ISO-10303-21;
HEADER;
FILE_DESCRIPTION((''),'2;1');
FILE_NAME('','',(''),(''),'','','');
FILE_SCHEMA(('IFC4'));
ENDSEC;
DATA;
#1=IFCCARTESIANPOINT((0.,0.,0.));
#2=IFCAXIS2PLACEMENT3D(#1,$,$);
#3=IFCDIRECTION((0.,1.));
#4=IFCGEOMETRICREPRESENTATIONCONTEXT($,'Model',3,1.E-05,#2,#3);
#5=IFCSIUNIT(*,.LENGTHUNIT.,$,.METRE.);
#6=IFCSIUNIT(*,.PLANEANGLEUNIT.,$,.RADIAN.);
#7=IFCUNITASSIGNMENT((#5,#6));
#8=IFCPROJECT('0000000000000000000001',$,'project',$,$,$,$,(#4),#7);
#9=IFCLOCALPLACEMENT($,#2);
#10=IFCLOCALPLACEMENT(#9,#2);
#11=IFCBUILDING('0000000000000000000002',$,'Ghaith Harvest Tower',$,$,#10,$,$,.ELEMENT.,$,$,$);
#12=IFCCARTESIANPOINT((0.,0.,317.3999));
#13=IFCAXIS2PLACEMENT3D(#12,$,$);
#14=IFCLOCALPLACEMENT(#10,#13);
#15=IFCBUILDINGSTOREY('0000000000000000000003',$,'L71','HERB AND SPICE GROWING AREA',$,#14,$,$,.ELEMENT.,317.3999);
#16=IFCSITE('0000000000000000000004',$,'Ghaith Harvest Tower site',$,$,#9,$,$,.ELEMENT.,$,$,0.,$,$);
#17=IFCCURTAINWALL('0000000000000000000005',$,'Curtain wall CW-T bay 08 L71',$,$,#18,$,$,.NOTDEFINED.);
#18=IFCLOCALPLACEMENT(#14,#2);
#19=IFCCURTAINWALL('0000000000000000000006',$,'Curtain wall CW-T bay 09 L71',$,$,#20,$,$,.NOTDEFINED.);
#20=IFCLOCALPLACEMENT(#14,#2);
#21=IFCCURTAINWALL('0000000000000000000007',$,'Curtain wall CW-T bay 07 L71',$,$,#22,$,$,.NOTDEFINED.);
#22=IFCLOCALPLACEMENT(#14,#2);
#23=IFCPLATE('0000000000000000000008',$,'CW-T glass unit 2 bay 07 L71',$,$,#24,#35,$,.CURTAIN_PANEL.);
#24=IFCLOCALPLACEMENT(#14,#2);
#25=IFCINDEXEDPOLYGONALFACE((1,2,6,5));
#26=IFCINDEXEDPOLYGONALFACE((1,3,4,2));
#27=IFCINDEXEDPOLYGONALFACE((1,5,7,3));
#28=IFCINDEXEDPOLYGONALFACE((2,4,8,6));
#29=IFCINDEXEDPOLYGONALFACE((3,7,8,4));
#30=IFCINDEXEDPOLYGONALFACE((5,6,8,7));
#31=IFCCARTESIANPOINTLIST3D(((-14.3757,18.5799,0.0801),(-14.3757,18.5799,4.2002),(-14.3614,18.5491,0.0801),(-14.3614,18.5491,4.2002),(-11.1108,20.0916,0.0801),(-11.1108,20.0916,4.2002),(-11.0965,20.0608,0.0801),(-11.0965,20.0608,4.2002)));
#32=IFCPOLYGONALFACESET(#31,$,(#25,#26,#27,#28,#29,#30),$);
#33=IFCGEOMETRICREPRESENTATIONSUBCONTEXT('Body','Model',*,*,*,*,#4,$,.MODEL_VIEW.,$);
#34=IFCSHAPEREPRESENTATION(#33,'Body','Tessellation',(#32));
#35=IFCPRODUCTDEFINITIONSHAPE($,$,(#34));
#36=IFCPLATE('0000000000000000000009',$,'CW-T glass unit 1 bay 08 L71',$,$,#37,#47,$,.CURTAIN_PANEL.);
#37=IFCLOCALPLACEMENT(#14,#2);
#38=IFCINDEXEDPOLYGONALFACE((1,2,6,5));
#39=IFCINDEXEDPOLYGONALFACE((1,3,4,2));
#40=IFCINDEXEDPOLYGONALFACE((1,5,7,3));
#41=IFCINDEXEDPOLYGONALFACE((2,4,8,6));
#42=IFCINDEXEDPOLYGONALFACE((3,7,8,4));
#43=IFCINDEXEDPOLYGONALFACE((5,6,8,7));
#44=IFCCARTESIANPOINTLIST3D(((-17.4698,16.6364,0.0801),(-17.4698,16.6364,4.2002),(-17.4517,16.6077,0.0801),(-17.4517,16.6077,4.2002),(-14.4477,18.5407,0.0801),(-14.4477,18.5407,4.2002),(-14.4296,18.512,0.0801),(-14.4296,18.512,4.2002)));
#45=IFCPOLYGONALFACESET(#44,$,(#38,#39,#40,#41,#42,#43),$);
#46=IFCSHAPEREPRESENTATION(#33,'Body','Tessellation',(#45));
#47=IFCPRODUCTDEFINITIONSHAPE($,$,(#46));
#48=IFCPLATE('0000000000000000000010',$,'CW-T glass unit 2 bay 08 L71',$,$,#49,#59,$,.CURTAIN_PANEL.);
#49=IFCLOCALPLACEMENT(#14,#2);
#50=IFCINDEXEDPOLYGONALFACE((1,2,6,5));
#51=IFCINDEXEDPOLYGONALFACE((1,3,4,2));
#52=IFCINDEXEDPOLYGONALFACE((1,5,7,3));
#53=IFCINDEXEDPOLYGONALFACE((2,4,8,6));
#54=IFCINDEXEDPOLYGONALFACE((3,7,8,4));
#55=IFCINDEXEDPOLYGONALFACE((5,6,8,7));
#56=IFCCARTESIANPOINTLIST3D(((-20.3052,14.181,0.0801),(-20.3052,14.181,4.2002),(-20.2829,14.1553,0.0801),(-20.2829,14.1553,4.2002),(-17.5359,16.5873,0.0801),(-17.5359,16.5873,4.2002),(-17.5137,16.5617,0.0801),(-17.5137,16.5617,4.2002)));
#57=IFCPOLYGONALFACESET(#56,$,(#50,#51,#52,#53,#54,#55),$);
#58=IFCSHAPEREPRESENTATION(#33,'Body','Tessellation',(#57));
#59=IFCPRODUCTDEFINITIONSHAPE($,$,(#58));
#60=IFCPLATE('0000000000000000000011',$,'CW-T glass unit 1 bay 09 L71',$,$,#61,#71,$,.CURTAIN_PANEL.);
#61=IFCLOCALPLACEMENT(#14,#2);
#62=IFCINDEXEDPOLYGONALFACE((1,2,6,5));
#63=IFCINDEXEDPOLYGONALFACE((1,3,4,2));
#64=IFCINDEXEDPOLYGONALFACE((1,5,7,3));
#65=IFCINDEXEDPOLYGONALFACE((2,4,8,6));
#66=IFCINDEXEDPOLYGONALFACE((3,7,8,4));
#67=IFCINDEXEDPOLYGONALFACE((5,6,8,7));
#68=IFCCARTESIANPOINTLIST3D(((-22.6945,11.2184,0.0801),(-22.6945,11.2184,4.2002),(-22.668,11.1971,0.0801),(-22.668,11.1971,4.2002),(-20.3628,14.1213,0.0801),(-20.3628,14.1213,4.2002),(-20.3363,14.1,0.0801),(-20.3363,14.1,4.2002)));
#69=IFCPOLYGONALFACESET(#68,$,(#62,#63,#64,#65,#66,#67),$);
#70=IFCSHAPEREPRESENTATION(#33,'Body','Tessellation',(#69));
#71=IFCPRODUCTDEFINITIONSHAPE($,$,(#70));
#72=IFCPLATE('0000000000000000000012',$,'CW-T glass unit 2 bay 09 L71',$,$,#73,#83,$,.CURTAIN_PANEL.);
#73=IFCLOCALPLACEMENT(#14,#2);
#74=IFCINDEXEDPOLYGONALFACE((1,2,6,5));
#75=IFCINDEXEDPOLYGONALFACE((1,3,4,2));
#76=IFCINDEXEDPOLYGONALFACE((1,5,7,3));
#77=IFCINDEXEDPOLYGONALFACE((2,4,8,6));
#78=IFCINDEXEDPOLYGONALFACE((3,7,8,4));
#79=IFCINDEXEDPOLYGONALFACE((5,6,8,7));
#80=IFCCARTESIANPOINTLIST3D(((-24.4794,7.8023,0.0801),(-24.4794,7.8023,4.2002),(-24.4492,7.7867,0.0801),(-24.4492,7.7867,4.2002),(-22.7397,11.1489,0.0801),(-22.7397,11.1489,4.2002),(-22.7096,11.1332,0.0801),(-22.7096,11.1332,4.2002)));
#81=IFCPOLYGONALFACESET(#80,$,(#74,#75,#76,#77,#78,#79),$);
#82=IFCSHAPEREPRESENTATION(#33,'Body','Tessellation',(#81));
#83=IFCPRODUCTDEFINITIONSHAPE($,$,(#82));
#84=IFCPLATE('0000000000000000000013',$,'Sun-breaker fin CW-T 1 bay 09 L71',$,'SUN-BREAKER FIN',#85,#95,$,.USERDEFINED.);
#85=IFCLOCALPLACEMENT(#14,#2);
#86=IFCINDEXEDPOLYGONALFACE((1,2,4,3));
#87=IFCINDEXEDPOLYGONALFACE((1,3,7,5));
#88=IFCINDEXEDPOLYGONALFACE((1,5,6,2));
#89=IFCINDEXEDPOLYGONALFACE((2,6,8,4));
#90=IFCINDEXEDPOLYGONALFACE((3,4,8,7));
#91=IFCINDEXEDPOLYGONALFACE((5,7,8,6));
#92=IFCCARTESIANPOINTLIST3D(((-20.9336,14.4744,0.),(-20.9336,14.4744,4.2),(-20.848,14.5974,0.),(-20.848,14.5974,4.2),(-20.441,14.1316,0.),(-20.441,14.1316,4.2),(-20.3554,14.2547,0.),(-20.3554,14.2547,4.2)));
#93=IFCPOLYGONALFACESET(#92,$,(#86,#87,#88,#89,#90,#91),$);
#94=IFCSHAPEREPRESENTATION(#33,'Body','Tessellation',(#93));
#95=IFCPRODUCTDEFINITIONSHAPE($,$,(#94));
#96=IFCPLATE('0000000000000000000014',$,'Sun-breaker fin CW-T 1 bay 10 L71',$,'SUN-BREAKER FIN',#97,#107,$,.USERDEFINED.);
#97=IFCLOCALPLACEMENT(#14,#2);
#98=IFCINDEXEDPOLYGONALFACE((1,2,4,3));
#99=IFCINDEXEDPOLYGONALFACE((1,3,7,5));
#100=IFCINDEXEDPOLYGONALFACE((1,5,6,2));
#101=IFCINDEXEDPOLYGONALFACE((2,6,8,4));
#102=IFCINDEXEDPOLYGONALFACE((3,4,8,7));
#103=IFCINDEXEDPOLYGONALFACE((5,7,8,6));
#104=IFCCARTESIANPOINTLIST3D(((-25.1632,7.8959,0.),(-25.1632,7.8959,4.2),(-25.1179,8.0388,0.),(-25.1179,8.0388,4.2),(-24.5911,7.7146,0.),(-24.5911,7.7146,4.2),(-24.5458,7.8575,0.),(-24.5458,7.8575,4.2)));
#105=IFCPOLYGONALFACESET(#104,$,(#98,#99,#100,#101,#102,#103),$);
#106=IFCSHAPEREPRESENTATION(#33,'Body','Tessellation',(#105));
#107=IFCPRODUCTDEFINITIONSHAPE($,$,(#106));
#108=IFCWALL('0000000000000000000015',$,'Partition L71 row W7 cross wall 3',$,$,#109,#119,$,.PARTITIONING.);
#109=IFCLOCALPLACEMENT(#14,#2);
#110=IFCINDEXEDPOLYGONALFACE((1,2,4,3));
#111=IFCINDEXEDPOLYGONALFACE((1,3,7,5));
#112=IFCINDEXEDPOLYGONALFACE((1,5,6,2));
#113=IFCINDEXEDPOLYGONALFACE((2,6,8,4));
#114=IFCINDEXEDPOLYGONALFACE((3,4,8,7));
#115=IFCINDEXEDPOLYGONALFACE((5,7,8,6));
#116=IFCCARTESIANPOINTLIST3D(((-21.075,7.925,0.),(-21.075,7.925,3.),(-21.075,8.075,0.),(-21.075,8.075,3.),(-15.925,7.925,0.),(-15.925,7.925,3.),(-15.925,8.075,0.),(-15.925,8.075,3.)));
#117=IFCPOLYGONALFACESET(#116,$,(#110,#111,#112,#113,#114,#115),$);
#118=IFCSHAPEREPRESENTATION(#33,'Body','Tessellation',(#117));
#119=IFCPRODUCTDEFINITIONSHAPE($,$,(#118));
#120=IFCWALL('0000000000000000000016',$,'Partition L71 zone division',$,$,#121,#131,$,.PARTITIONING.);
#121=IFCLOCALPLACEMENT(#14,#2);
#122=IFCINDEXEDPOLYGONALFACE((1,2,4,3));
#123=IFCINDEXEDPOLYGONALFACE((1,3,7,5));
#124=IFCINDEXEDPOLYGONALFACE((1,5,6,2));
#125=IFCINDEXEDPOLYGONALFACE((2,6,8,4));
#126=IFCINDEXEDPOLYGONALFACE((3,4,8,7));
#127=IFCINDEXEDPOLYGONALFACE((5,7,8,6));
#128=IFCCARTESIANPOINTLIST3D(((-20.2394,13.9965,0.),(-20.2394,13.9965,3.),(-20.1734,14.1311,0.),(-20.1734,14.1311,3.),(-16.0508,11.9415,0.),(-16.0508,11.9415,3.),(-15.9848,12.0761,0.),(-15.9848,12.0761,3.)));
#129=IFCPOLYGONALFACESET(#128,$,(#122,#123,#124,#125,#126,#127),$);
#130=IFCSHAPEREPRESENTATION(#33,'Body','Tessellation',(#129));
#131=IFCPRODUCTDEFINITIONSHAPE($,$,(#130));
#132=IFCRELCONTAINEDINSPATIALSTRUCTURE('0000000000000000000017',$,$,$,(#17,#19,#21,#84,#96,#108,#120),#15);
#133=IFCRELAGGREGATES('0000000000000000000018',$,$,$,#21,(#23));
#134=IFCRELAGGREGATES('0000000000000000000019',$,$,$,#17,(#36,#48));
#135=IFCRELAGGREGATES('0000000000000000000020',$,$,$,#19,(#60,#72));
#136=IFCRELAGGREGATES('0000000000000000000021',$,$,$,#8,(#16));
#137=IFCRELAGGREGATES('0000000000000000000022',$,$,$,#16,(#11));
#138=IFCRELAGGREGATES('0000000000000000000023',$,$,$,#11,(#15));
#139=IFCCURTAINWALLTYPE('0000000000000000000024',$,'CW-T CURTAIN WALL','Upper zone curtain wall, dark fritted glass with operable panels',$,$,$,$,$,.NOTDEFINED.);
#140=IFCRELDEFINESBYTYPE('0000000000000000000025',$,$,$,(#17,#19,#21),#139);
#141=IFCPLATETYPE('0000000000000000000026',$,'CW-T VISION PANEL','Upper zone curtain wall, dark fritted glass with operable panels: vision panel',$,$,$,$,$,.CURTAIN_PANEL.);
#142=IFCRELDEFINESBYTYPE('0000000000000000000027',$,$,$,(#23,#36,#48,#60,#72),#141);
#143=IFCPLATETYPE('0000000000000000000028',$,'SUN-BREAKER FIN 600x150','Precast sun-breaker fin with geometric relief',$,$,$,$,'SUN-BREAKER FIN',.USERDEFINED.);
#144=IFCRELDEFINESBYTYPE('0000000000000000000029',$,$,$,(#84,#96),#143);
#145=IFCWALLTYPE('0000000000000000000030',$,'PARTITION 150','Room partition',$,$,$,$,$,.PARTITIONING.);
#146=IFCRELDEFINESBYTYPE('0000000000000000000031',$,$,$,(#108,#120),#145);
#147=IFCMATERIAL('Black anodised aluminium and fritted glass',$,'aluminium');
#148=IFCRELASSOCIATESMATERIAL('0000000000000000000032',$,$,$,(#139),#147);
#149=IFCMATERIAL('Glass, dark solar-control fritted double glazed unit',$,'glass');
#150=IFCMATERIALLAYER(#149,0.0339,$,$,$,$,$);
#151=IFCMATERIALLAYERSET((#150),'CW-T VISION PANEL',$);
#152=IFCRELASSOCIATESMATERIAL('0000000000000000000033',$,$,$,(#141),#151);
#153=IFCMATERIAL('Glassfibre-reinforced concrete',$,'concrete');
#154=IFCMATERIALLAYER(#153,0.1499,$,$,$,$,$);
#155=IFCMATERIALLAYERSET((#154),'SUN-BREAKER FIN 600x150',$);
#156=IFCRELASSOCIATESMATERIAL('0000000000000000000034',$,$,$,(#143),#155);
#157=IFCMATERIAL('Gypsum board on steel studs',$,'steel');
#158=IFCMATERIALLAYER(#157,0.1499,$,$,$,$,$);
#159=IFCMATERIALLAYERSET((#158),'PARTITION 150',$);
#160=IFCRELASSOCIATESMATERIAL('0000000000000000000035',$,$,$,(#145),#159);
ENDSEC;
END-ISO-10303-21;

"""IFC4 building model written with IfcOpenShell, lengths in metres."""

from ifc_helpers import new_model, si_unit, direction, frame, frame_2d, origin, origin_2d, place, context, subcontext, project, spatial, rectangle, extrude, material, layer, layer_set, type_object, element, aggregate, save


model = new_model("IFC4")

# Units and contexts
model_context = context("Model", 3, precision=1e-05, world=origin(), true_north=direction((0.0, 1.0)))
body_context = subcontext(model_context, "Body", "Model", "MODEL_VIEW")
ifc_project = project(units=[si_unit("LENGTHUNIT", "METRE"), si_unit("PLANEANGLEUNIT", "RADIAN")], contexts=[model_context])

# Site, building, storey
site_placement = place(None, origin())
site = spatial("IfcSite", under=ifc_project, at=site_placement, Name="Ghaith Harvest Tower site", CompositionType="ELEMENT", RefElevation=0.0)
building_placement = place(site_placement, origin())
building = spatial("IfcBuilding", under=site, at=building_placement, Name="Ghaith Harvest Tower", CompositionType="ELEMENT")
storey_placement = place(building_placement, frame((0.0, 0.0, 317.3999)))
storey = spatial("IfcBuildingStorey", under=building, at=storey_placement, Name="L71", Description="HERB AND SPICE GROWING AREA", CompositionType="ELEMENT", Elevation=317.3999)

# Curtain walls
ifc_material_1 = material(Name="Black anodised aluminium and fritted glass", Category="aluminium")
curtain_wall_type = type_object("IfcCurtainWallType", Name="CW-T CURTAIN WALL", Description="Upper zone curtain wall, dark fritted glass with operable panels", PredefinedType="NOTDEFINED", material=ifc_material_1)
curtain_wall_1_placement = place(storey_placement, origin())
curtain_wall_1 = element("IfcCurtainWall", 1, at=curtain_wall_1_placement, inside=storey, type_object=curtain_wall_type, Name="Curtain wall CW-T bay 08 L71", PredefinedType="NOTDEFINED")
curtain_wall_2_placement = place(storey_placement, origin())
curtain_wall_2 = element("IfcCurtainWall", 2, at=curtain_wall_2_placement, inside=storey, type_object=curtain_wall_type, Name="Curtain wall CW-T bay 09 L71", PredefinedType="NOTDEFINED")

# Curtain wall, plate
curtain_wall_3_placement = place(storey_placement, origin())
curtain_wall_3 = element("IfcCurtainWall", 3, at=curtain_wall_3_placement, inside=storey, type_object=curtain_wall_type, Name="Curtain wall CW-T bay 07 L71", PredefinedType="NOTDEFINED")
ifc_material_2 = material(Name="Glass, dark solar-control fritted double glazed unit", Category="glass")
ifc_layer_1 = layer(ifc_material_2, 0.0339)
ifc_layer_set_1 = layer_set([ifc_layer_1], Name="CW-T VISION PANEL")
plate_type_1 = type_object("IfcPlateType", Name="CW-T VISION PANEL", Description="Upper zone curtain wall, dark fritted glass with operable panels: vision panel", PredefinedType="CURTAIN_PANEL", material=ifc_layer_set_1)
plate_1_placement = place(storey_placement, frame((-12.7361, 19.3203, 0.0801), z_axis=(0.0, 0.0, 1.0), x_axis=(-0.90745, -0.42016, 0.0)))
plate_1 = element("IfcPlate", 4, at=plate_1_placement, type_object=plate_type_1, Name="CW-T glass unit 2 bay 07 L71", PredefinedType="CURTAIN_PANEL", context=body_context, shape_type="SweptSolid", body=[
    extrude(rectangle(XDim=3.5979, YDim=0.0339, at=origin_2d()), origin(), (0.0, 0.0, 1.0), 4.1201),
])
aggregate(curtain_wall_3, [plate_1])

# Plates
plate_2_placement = place(storey_placement, frame((-15.9497, 17.5742, 0.0801), z_axis=(0.0, 0.0, 1.0), x_axis=(-0.846043, -0.533114, 0.0)))
plate_2 = element("IfcPlate", 5, at=plate_2_placement, type_object=plate_type_1, Name="CW-T glass unit 1 bay 08 L71", PredefinedType="CURTAIN_PANEL", context=body_context, shape_type="SweptSolid", body=[
    extrude(rectangle(XDim=3.572, YDim=0.0339, at=origin_2d()), origin(), (0.0, 0.0, 1.0), 4.1201),
])
plate_3_placement = place(storey_placement, frame((-18.9094, 15.3713, 0.0801), z_axis=(0.0, 0.0, 1.0), x_axis=(-0.754829, -0.655922, 0.0)))
plate_3 = element("IfcPlate", 6, at=plate_3_placement, type_object=plate_type_1, Name="CW-T glass unit 2 bay 08 L71", PredefinedType="CURTAIN_PANEL", context=body_context, shape_type="SweptSolid", body=[
    extrude(rectangle(XDim=3.6687, YDim=0.0339, at=origin_2d()), origin(), (0.0, 0.0, 1.0), 4.1201),
])
aggregate(curtain_wall_1, [plate_2, plate_3])
plate_4_placement = place(storey_placement, frame((-21.5154, 12.6592, 0.0801), z_axis=(0.0, 0.0, 1.0), x_axis=(-0.62623, -0.779639, 0.0)))
plate_4 = element("IfcPlate", 7, at=plate_4_placement, type_object=plate_type_1, Name="CW-T glass unit 1 bay 09 L71", PredefinedType="CURTAIN_PANEL", context=body_context, shape_type="SweptSolid", body=[
    extrude(rectangle(XDim=3.7234, YDim=0.0339, at=origin_2d()), origin(), (0.0, 0.0, 1.0), 4.1201),
])
plate_5_placement = place(storey_placement, frame((-23.5945, 9.4678, 0.0801), z_axis=(0.0, 0.0, 1.0), x_axis=(-0.46123, -0.887281, 0.0)))
plate_5 = element("IfcPlate", 8, at=plate_5_placement, type_object=plate_type_1, Name="CW-T glass unit 2 bay 09 L71", PredefinedType="CURTAIN_PANEL", context=body_context, shape_type="SweptSolid", body=[
    extrude(rectangle(XDim=3.7717, YDim=0.0339, at=origin_2d()), origin(), (0.0, 0.0, 1.0), 4.1201),
])
aggregate(curtain_wall_2, [plate_4, plate_5])

# Plates
ifc_material_3 = material(Name="Glassfibre-reinforced concrete", Category="concrete")
ifc_layer_2 = layer(ifc_material_3, 0.1499)
ifc_layer_set_2 = layer_set([ifc_layer_2], Name="SUN-BREAKER FIN 600x150")
plate_type_2 = type_object("IfcPlateType", Name="SUN-BREAKER FIN 600x150", Description="Precast sun-breaker fin with geometric relief", ElementType="SUN-BREAKER FIN", PredefinedType="USERDEFINED", material=ifc_layer_set_2)
for number, where, z_axis, x_axis, name in (
    (9, (-20.6445, 14.3645, 0.0), (0.0, 0.0, 1.0), (-0.820845, 0.57115, 0.0), "Sun-breaker fin CW-T 1 bay 09 L71"),
    (10, (-24.8545, 7.8767, 0.0), (0.0, 0.0, 1.0), (-0.953273, 0.30211, 0.0), "Sun-breaker fin CW-T 1 bay 10 L71"),
):
    element("IfcPlate", number, at=place(storey_placement, frame(where, z_axis=z_axis, x_axis=x_axis)), inside=storey, type_object=plate_type_2, Name=name, ObjectType="SUN-BREAKER FIN", PredefinedType="USERDEFINED", context=body_context, shape_type="SweptSolid", body=[
        extrude(rectangle(XDim=0.6001, YDim=0.1499, at=origin_2d()), origin(), (0.0, 0.0, 1.0), 4.2),
    ])

# Walls
ifc_material_4 = material(Name="Gypsum board on steel studs", Category="steel")
ifc_layer_3 = layer(ifc_material_4, 0.1499)
ifc_layer_set_3 = layer_set([ifc_layer_3], Name="PARTITION 150")
wall_type_1 = type_object("IfcWallType", Name="PARTITION 150", Description="Room partition", PredefinedType="PARTITIONING", material=ifc_layer_set_3)
wall_1_placement = place(storey_placement, frame((-15.925, 8.0, 0.0), z_axis=(0.0, 0.0, 1.0), x_axis=(-1.0, 0.0, 0.0)))
element("IfcWall", 11, at=wall_1_placement, inside=storey, type_object=wall_type_1, Name="Partition L71 row W7 cross wall 3", PredefinedType="PARTITIONING", context=body_context, shape_type="SweptSolid", body=[
    extrude(rectangle(XDim=5.1499, YDim=0.1499, at=frame_2d((2.575, 0.0))), origin(), (0.0, 0.0, 1.0), 3.0),
])
wall_2_placement = place(storey_placement, frame((-16.0178, 12.0088, 0.0), z_axis=(0.0, 0.0, 1.0), x_axis=(-0.897772, 0.440461, 0.0)))
element("IfcWall", 12, at=wall_2_placement, inside=storey, type_object=wall_type_1, Name="Partition L71 zone division", PredefinedType="PARTITIONING", context=body_context, shape_type="SweptSolid", body=[
    extrude(rectangle(XDim=4.6655, YDim=0.1499, at=frame_2d((2.3328, 0.0))), origin(), (0.0, 0.0, 1.0), 3.0),
])

save(model, "model.ifc")
